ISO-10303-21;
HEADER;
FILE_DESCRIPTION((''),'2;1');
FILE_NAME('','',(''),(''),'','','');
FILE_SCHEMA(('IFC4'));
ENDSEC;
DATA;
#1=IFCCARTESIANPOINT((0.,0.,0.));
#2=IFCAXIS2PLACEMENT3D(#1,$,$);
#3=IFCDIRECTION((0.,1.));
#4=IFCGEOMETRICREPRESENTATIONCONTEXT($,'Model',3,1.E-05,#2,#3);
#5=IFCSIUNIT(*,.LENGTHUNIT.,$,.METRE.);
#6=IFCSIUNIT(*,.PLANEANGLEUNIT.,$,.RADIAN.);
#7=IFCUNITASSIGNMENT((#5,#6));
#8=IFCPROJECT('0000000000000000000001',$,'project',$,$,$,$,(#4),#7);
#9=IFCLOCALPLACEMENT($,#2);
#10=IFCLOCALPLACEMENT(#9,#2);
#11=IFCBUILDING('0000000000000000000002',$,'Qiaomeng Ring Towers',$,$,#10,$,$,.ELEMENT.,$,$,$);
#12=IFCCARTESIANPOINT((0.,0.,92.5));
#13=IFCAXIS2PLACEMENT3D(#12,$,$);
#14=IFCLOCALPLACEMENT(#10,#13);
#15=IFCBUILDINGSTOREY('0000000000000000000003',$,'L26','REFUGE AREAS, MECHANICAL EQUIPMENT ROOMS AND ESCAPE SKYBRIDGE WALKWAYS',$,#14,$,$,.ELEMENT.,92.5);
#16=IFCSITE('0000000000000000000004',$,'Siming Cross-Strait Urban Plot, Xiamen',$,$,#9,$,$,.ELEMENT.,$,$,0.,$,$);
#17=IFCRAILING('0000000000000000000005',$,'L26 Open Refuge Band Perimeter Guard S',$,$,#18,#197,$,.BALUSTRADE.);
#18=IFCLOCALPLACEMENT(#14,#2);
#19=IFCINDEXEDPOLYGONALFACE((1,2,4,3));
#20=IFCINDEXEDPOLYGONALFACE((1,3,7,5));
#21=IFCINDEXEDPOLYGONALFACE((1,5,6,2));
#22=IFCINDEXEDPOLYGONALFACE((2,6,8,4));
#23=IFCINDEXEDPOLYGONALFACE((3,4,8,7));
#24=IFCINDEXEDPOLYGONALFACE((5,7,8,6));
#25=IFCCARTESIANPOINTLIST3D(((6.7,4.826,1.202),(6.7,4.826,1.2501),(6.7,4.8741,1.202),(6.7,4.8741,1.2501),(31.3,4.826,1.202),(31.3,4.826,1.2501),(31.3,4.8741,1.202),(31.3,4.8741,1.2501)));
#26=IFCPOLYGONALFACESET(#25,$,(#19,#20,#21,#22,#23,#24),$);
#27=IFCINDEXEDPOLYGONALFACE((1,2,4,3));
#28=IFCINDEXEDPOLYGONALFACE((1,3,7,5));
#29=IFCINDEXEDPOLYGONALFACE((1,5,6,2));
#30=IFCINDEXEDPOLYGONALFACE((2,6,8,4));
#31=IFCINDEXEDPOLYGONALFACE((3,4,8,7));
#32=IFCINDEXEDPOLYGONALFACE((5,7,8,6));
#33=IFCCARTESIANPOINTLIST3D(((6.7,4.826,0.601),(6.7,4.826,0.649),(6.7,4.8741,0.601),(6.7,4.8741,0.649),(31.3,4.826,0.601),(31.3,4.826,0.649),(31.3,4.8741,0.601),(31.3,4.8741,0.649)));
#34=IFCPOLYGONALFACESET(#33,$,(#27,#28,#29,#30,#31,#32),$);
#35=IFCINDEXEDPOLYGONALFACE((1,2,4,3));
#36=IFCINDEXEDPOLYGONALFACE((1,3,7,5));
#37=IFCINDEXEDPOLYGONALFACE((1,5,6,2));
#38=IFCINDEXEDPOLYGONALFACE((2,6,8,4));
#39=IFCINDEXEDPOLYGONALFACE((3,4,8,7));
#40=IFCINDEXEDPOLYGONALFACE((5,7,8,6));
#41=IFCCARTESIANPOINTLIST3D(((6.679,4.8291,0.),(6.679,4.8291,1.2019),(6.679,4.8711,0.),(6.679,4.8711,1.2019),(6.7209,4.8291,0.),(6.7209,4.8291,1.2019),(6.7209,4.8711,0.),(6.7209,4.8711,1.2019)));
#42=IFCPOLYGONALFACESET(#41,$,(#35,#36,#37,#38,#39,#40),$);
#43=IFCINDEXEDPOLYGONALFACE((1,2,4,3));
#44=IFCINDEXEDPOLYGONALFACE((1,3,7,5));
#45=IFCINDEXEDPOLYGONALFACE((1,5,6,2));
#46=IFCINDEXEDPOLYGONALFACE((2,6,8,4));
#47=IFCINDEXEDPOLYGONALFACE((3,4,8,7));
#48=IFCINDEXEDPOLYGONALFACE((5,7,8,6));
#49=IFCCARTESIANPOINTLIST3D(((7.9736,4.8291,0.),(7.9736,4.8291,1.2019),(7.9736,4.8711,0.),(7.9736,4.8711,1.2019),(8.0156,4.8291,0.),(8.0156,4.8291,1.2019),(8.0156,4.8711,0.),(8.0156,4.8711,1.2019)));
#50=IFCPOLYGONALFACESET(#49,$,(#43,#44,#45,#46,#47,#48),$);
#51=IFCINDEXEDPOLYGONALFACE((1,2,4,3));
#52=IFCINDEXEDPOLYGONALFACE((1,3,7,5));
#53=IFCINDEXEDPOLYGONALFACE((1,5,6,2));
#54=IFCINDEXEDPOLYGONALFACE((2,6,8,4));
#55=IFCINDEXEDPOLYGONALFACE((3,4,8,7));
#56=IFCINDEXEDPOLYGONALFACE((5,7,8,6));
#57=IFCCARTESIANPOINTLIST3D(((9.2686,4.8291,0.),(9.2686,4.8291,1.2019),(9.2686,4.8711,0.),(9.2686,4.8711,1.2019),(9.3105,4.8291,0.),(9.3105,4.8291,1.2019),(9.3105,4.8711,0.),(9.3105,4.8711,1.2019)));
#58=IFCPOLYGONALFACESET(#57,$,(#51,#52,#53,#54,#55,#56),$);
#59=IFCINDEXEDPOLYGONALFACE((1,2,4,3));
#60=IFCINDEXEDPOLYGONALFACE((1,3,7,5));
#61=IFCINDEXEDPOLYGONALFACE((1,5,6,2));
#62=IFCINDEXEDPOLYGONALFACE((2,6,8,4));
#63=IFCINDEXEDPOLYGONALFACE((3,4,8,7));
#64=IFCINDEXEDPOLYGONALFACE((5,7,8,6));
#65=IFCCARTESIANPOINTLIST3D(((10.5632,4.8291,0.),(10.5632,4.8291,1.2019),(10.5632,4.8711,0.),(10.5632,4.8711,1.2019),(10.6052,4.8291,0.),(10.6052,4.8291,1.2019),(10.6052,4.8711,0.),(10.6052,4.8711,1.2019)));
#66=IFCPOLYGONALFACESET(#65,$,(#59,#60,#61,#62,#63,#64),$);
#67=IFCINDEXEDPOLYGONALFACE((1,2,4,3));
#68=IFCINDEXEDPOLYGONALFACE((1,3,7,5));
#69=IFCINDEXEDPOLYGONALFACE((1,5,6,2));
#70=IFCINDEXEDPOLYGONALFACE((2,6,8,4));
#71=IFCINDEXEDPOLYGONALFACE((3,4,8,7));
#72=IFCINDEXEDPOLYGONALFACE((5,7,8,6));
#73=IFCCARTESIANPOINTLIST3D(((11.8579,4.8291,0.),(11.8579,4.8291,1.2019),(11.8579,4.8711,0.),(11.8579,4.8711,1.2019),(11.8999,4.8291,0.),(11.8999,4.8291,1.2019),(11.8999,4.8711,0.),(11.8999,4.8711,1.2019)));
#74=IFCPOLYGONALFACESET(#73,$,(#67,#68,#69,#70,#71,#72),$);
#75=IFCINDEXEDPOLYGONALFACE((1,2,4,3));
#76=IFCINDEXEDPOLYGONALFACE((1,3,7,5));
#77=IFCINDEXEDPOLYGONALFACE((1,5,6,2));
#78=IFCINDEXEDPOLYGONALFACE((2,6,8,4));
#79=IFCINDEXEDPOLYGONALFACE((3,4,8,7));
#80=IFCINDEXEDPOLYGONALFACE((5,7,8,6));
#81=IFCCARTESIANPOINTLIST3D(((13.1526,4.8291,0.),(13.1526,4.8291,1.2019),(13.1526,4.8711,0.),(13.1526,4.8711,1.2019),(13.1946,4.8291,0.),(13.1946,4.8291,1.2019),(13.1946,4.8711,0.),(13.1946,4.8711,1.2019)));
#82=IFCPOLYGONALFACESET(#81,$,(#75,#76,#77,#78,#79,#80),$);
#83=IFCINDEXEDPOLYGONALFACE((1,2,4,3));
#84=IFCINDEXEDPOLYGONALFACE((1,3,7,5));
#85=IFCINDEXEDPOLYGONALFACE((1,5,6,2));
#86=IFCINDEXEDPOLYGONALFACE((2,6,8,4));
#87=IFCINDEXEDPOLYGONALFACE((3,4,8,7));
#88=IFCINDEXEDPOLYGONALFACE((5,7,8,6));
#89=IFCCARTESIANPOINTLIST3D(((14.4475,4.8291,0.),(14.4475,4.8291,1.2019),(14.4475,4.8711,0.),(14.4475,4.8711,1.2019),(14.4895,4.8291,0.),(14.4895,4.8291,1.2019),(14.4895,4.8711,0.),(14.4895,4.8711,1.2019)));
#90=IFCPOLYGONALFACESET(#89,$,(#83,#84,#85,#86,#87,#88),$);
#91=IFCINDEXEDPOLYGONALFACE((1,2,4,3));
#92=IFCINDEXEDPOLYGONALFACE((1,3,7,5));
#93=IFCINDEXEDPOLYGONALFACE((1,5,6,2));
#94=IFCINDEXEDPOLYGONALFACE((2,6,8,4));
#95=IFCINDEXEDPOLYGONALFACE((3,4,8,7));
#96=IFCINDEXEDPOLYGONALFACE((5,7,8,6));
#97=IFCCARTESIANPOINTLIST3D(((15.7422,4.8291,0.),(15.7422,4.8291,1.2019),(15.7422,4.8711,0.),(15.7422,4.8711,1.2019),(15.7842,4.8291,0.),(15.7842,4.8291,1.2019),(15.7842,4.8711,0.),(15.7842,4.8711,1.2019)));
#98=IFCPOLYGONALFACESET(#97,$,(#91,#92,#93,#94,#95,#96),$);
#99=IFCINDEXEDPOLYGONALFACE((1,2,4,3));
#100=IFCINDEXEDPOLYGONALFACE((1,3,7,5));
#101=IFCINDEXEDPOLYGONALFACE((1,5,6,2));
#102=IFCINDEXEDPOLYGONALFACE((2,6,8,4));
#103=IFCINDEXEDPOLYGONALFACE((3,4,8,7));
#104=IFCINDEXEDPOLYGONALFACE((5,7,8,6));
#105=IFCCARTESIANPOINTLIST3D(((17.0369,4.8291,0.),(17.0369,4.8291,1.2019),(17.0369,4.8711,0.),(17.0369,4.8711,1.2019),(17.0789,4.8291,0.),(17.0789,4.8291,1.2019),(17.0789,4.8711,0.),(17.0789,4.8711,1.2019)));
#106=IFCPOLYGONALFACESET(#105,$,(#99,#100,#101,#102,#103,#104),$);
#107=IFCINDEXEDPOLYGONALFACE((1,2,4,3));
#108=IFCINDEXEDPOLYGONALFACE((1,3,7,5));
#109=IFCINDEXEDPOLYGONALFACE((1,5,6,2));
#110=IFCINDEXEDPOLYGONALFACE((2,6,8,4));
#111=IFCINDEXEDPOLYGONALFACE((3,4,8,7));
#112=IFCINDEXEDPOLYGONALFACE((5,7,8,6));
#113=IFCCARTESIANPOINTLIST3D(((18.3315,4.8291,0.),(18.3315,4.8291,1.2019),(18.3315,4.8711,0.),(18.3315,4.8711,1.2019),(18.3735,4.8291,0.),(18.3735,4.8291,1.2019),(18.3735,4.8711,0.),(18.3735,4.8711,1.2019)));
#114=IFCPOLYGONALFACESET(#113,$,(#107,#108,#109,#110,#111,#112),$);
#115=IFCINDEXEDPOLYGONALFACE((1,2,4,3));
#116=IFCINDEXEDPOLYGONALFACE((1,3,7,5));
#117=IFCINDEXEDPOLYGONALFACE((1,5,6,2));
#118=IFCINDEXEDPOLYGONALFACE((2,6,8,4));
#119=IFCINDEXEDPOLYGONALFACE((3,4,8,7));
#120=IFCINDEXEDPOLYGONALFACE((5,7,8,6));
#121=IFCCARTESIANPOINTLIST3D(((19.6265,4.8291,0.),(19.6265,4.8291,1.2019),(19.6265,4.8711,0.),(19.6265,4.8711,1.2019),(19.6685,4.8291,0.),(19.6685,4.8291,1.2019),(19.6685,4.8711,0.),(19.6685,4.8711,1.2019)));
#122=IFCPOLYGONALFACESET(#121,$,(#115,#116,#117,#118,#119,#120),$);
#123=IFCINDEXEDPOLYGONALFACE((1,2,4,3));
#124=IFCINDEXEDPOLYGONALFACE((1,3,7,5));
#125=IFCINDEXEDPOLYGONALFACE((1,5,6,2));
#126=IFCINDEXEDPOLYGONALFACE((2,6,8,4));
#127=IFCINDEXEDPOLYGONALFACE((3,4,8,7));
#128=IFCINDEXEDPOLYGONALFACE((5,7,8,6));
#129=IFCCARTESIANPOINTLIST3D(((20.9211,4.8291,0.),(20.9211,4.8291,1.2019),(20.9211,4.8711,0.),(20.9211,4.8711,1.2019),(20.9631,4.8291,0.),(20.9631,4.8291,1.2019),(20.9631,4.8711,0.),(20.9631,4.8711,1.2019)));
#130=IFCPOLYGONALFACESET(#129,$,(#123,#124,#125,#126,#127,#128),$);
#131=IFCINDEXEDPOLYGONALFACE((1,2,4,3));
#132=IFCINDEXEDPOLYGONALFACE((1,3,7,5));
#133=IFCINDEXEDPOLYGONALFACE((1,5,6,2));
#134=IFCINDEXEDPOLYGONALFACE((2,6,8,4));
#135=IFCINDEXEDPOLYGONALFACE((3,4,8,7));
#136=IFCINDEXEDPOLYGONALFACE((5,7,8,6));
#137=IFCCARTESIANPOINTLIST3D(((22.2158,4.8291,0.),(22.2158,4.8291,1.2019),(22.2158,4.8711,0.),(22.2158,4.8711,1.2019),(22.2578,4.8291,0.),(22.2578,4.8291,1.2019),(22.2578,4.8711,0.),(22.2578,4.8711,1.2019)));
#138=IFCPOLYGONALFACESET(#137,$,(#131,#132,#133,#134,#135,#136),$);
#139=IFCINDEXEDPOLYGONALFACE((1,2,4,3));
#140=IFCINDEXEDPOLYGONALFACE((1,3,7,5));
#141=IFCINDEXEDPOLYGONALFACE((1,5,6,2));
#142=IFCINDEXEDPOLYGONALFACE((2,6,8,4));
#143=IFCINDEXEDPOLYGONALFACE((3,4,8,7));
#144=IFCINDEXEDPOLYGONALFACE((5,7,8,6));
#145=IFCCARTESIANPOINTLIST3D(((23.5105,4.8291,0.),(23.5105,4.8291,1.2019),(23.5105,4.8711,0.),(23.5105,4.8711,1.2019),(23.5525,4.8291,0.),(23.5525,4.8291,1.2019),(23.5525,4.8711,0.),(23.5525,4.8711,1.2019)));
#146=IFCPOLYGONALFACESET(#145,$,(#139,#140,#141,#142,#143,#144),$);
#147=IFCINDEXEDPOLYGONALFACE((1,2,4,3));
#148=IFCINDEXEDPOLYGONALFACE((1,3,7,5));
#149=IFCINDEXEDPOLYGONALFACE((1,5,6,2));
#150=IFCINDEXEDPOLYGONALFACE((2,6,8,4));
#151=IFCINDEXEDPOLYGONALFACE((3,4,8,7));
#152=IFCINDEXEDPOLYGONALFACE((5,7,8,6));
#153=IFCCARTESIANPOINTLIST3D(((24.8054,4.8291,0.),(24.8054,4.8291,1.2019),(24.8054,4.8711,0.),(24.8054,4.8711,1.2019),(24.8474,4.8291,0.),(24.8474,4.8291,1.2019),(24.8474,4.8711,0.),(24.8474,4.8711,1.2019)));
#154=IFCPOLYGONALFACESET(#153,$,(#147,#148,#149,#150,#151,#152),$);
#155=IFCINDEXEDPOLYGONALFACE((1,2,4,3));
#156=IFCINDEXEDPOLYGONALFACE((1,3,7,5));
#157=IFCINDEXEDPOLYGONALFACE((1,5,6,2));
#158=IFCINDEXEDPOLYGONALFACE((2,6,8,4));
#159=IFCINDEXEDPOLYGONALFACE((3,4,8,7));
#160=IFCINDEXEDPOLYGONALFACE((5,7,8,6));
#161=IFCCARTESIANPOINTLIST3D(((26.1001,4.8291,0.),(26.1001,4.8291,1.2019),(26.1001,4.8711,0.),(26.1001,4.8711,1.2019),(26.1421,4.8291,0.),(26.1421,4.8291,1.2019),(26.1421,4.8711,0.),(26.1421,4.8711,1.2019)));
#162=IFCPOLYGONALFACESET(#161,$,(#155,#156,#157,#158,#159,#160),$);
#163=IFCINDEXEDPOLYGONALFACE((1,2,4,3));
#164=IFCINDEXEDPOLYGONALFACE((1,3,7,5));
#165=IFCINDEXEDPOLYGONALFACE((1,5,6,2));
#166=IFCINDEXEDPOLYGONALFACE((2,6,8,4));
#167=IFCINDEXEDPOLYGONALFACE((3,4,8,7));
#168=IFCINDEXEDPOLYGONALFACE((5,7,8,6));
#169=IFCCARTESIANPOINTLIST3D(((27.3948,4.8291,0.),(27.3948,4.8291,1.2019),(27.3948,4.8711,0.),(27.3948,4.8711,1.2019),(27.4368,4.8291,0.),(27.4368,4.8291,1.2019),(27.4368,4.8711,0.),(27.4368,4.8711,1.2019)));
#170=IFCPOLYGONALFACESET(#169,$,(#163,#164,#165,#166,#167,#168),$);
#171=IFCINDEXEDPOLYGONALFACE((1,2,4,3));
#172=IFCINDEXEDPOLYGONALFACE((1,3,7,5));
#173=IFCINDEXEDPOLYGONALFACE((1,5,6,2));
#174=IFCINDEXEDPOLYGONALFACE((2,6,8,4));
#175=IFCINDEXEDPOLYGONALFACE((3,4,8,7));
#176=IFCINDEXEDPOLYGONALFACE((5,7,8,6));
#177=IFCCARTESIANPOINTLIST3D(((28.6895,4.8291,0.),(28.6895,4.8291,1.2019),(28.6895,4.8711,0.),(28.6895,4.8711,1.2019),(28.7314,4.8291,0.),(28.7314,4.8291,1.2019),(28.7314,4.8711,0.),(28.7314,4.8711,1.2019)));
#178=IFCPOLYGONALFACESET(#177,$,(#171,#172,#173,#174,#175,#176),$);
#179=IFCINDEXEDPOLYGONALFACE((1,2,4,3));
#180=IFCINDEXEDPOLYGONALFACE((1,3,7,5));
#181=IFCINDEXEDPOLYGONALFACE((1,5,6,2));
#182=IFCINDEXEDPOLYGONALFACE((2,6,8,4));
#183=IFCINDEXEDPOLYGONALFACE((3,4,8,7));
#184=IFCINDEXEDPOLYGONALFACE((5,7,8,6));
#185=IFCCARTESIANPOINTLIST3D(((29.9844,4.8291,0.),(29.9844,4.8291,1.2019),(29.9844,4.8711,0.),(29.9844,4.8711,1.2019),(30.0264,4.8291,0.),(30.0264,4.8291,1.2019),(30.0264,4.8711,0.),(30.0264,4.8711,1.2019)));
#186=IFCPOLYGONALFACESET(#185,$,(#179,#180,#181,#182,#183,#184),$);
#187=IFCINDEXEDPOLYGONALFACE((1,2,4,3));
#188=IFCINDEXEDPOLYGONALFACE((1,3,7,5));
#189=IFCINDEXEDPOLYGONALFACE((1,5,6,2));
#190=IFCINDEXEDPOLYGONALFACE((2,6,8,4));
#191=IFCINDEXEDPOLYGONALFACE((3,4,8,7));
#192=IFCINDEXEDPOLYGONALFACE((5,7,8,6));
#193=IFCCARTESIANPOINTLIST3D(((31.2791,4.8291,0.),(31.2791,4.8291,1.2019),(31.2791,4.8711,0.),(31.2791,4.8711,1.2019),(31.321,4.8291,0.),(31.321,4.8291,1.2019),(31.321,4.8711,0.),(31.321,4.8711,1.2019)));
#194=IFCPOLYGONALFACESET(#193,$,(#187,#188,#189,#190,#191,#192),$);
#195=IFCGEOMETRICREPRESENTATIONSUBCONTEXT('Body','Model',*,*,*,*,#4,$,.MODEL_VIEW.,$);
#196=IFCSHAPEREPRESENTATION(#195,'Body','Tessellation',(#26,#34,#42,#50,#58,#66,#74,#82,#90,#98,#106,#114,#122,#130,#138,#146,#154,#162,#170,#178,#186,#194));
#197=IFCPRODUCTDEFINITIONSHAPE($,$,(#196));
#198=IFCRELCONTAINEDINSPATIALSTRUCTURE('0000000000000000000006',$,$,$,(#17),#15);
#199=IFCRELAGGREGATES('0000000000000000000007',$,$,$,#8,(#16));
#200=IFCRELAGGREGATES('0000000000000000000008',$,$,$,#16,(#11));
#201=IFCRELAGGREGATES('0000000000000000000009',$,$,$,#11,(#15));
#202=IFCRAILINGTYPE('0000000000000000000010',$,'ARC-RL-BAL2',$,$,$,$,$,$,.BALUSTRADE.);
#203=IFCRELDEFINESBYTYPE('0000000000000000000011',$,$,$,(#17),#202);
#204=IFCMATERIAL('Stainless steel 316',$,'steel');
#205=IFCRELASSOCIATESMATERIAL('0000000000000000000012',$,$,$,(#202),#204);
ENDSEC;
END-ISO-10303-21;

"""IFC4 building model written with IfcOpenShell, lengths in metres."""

from ifc_helpers import new_model, si_unit, direction, frame, origin, origin_2d, place, context, subcontext, project, spatial, rectangle, extrude, material, type_object, element, save


model = new_model("IFC4")

# Units and contexts
model_context = context("Model", 3, precision=1e-05, world=origin(), true_north=direction((0.0, 1.0)))
body_context = subcontext(model_context, "Body", "Model", "MODEL_VIEW")
ifc_project = project(units=[si_unit("LENGTHUNIT", "METRE"), si_unit("PLANEANGLEUNIT", "RADIAN")], contexts=[model_context])

# Site, building, storey
site_placement = place(None, origin())
site = spatial("IfcSite", under=ifc_project, at=site_placement, Name="Siming Cross-Strait Urban Plot, Xiamen", CompositionType="ELEMENT", RefElevation=0.0)
building_placement = place(site_placement, origin())
building = spatial("IfcBuilding", under=site, at=building_placement, Name="Qiaomeng Ring Towers", CompositionType="ELEMENT")
storey_placement = place(building_placement, frame((0.0, 0.0, 92.5)))
storey = spatial("IfcBuildingStorey", under=building, at=storey_placement, Name="L26", Description="REFUGE AREAS, MECHANICAL EQUIPMENT ROOMS AND ESCAPE SKYBRIDGE WALKWAYS", CompositionType="ELEMENT", Elevation=92.5)

# Railing
ifc_material_1 = material(Name="Stainless steel 316", Category="steel")
railing_type = type_object("IfcRailingType", Name="ARC-RL-BAL2", PredefinedType="BALUSTRADE", material=ifc_material_1)
railing_1_placement = place(storey_placement, frame((6.7, 4.8501, 0.0)))
element("IfcRailing", 1, at=railing_1_placement, inside=storey, type_object=railing_type, Name="L26 Open Refuge Band Perimeter Guard S", PredefinedType="BALUSTRADE", context=body_context, shape_type="SweptSolid", body=[
    extrude(rectangle(XDim=0.0481, YDim=0.0481, at=origin_2d()), frame((0.0, 0.0, 1.2261), z_axis=(1.0, 0.0, 0.0), x_axis=(0.0, 1.0, 0.0)), (0.0, 0.0, 1.0), 24.6001),
    extrude(rectangle(XDim=0.0481, YDim=0.0481, at=origin_2d()), frame((0.0, 0.0, 0.625), z_axis=(1.0, 0.0, 0.0), x_axis=(0.0, 1.0, 0.0)), (0.0, 0.0, 1.0), 24.6001),
    extrude(rectangle(XDim=0.042, YDim=0.042, at=origin_2d()), origin(), (0.0, 0.0, 1.0), 1.2019),
    extrude(rectangle(XDim=0.042, YDim=0.042, at=origin_2d()), frame((1.2947, 0.0, 0.0)), (0.0, 0.0, 1.0), 1.2019),
    extrude(rectangle(XDim=0.042, YDim=0.042, at=origin_2d()), frame((2.5896, 0.0, 0.0)), (0.0, 0.0, 1.0), 1.2019),
    extrude(rectangle(XDim=0.042, YDim=0.042, at=origin_2d()), frame((3.8843, 0.0, 0.0)), (0.0, 0.0, 1.0), 1.2019),
    extrude(rectangle(XDim=0.042, YDim=0.042, at=origin_2d()), frame((5.179, 0.0, 0.0)), (0.0, 0.0, 1.0), 1.2019),
    extrude(rectangle(XDim=0.042, YDim=0.042, at=origin_2d()), frame((6.4736, 0.0, 0.0)), (0.0, 0.0, 1.0), 1.2019),
    extrude(rectangle(XDim=0.042, YDim=0.042, at=origin_2d()), frame((7.7686, 0.0, 0.0)), (0.0, 0.0, 1.0), 1.2019),
    extrude(rectangle(XDim=0.042, YDim=0.042, at=origin_2d()), frame((9.0632, 0.0, 0.0)), (0.0, 0.0, 1.0), 1.2019),
    extrude(rectangle(XDim=0.042, YDim=0.042, at=origin_2d()), frame((10.3579, 0.0, 0.0)), (0.0, 0.0, 1.0), 1.2019),
    extrude(rectangle(XDim=0.042, YDim=0.042, at=origin_2d()), frame((11.6526, 0.0, 0.0)), (0.0, 0.0, 1.0), 1.2019),
    extrude(rectangle(XDim=0.042, YDim=0.042, at=origin_2d()), frame((12.9475, 0.0, 0.0)), (0.0, 0.0, 1.0), 1.2019),
    extrude(rectangle(XDim=0.042, YDim=0.042, at=origin_2d()), frame((14.2422, 0.0, 0.0)), (0.0, 0.0, 1.0), 1.2019),
    extrude(rectangle(XDim=0.042, YDim=0.042, at=origin_2d()), frame((15.5369, 0.0, 0.0)), (0.0, 0.0, 1.0), 1.2019),
    extrude(rectangle(XDim=0.042, YDim=0.042, at=origin_2d()), frame((16.8315, 0.0, 0.0)), (0.0, 0.0, 1.0), 1.2019),
    extrude(rectangle(XDim=0.042, YDim=0.042, at=origin_2d()), frame((18.1265, 0.0, 0.0)), (0.0, 0.0, 1.0), 1.2019),
    extrude(rectangle(XDim=0.042, YDim=0.042, at=origin_2d()), frame((19.4211, 0.0, 0.0)), (0.0, 0.0, 1.0), 1.2019),
    extrude(rectangle(XDim=0.042, YDim=0.042, at=origin_2d()), frame((20.7158, 0.0, 0.0)), (0.0, 0.0, 1.0), 1.2019),
    extrude(rectangle(XDim=0.042, YDim=0.042, at=origin_2d()), frame((22.0105, 0.0, 0.0)), (0.0, 0.0, 1.0), 1.2019),
    extrude(rectangle(XDim=0.042, YDim=0.042, at=origin_2d()), frame((23.3054, 0.0, 0.0)), (0.0, 0.0, 1.0), 1.2019),
    extrude(rectangle(XDim=0.042, YDim=0.042, at=origin_2d()), frame((24.6001, 0.0, 0.0)), (0.0, 0.0, 1.0), 1.2019),
])

save(model, "model.ifc")
